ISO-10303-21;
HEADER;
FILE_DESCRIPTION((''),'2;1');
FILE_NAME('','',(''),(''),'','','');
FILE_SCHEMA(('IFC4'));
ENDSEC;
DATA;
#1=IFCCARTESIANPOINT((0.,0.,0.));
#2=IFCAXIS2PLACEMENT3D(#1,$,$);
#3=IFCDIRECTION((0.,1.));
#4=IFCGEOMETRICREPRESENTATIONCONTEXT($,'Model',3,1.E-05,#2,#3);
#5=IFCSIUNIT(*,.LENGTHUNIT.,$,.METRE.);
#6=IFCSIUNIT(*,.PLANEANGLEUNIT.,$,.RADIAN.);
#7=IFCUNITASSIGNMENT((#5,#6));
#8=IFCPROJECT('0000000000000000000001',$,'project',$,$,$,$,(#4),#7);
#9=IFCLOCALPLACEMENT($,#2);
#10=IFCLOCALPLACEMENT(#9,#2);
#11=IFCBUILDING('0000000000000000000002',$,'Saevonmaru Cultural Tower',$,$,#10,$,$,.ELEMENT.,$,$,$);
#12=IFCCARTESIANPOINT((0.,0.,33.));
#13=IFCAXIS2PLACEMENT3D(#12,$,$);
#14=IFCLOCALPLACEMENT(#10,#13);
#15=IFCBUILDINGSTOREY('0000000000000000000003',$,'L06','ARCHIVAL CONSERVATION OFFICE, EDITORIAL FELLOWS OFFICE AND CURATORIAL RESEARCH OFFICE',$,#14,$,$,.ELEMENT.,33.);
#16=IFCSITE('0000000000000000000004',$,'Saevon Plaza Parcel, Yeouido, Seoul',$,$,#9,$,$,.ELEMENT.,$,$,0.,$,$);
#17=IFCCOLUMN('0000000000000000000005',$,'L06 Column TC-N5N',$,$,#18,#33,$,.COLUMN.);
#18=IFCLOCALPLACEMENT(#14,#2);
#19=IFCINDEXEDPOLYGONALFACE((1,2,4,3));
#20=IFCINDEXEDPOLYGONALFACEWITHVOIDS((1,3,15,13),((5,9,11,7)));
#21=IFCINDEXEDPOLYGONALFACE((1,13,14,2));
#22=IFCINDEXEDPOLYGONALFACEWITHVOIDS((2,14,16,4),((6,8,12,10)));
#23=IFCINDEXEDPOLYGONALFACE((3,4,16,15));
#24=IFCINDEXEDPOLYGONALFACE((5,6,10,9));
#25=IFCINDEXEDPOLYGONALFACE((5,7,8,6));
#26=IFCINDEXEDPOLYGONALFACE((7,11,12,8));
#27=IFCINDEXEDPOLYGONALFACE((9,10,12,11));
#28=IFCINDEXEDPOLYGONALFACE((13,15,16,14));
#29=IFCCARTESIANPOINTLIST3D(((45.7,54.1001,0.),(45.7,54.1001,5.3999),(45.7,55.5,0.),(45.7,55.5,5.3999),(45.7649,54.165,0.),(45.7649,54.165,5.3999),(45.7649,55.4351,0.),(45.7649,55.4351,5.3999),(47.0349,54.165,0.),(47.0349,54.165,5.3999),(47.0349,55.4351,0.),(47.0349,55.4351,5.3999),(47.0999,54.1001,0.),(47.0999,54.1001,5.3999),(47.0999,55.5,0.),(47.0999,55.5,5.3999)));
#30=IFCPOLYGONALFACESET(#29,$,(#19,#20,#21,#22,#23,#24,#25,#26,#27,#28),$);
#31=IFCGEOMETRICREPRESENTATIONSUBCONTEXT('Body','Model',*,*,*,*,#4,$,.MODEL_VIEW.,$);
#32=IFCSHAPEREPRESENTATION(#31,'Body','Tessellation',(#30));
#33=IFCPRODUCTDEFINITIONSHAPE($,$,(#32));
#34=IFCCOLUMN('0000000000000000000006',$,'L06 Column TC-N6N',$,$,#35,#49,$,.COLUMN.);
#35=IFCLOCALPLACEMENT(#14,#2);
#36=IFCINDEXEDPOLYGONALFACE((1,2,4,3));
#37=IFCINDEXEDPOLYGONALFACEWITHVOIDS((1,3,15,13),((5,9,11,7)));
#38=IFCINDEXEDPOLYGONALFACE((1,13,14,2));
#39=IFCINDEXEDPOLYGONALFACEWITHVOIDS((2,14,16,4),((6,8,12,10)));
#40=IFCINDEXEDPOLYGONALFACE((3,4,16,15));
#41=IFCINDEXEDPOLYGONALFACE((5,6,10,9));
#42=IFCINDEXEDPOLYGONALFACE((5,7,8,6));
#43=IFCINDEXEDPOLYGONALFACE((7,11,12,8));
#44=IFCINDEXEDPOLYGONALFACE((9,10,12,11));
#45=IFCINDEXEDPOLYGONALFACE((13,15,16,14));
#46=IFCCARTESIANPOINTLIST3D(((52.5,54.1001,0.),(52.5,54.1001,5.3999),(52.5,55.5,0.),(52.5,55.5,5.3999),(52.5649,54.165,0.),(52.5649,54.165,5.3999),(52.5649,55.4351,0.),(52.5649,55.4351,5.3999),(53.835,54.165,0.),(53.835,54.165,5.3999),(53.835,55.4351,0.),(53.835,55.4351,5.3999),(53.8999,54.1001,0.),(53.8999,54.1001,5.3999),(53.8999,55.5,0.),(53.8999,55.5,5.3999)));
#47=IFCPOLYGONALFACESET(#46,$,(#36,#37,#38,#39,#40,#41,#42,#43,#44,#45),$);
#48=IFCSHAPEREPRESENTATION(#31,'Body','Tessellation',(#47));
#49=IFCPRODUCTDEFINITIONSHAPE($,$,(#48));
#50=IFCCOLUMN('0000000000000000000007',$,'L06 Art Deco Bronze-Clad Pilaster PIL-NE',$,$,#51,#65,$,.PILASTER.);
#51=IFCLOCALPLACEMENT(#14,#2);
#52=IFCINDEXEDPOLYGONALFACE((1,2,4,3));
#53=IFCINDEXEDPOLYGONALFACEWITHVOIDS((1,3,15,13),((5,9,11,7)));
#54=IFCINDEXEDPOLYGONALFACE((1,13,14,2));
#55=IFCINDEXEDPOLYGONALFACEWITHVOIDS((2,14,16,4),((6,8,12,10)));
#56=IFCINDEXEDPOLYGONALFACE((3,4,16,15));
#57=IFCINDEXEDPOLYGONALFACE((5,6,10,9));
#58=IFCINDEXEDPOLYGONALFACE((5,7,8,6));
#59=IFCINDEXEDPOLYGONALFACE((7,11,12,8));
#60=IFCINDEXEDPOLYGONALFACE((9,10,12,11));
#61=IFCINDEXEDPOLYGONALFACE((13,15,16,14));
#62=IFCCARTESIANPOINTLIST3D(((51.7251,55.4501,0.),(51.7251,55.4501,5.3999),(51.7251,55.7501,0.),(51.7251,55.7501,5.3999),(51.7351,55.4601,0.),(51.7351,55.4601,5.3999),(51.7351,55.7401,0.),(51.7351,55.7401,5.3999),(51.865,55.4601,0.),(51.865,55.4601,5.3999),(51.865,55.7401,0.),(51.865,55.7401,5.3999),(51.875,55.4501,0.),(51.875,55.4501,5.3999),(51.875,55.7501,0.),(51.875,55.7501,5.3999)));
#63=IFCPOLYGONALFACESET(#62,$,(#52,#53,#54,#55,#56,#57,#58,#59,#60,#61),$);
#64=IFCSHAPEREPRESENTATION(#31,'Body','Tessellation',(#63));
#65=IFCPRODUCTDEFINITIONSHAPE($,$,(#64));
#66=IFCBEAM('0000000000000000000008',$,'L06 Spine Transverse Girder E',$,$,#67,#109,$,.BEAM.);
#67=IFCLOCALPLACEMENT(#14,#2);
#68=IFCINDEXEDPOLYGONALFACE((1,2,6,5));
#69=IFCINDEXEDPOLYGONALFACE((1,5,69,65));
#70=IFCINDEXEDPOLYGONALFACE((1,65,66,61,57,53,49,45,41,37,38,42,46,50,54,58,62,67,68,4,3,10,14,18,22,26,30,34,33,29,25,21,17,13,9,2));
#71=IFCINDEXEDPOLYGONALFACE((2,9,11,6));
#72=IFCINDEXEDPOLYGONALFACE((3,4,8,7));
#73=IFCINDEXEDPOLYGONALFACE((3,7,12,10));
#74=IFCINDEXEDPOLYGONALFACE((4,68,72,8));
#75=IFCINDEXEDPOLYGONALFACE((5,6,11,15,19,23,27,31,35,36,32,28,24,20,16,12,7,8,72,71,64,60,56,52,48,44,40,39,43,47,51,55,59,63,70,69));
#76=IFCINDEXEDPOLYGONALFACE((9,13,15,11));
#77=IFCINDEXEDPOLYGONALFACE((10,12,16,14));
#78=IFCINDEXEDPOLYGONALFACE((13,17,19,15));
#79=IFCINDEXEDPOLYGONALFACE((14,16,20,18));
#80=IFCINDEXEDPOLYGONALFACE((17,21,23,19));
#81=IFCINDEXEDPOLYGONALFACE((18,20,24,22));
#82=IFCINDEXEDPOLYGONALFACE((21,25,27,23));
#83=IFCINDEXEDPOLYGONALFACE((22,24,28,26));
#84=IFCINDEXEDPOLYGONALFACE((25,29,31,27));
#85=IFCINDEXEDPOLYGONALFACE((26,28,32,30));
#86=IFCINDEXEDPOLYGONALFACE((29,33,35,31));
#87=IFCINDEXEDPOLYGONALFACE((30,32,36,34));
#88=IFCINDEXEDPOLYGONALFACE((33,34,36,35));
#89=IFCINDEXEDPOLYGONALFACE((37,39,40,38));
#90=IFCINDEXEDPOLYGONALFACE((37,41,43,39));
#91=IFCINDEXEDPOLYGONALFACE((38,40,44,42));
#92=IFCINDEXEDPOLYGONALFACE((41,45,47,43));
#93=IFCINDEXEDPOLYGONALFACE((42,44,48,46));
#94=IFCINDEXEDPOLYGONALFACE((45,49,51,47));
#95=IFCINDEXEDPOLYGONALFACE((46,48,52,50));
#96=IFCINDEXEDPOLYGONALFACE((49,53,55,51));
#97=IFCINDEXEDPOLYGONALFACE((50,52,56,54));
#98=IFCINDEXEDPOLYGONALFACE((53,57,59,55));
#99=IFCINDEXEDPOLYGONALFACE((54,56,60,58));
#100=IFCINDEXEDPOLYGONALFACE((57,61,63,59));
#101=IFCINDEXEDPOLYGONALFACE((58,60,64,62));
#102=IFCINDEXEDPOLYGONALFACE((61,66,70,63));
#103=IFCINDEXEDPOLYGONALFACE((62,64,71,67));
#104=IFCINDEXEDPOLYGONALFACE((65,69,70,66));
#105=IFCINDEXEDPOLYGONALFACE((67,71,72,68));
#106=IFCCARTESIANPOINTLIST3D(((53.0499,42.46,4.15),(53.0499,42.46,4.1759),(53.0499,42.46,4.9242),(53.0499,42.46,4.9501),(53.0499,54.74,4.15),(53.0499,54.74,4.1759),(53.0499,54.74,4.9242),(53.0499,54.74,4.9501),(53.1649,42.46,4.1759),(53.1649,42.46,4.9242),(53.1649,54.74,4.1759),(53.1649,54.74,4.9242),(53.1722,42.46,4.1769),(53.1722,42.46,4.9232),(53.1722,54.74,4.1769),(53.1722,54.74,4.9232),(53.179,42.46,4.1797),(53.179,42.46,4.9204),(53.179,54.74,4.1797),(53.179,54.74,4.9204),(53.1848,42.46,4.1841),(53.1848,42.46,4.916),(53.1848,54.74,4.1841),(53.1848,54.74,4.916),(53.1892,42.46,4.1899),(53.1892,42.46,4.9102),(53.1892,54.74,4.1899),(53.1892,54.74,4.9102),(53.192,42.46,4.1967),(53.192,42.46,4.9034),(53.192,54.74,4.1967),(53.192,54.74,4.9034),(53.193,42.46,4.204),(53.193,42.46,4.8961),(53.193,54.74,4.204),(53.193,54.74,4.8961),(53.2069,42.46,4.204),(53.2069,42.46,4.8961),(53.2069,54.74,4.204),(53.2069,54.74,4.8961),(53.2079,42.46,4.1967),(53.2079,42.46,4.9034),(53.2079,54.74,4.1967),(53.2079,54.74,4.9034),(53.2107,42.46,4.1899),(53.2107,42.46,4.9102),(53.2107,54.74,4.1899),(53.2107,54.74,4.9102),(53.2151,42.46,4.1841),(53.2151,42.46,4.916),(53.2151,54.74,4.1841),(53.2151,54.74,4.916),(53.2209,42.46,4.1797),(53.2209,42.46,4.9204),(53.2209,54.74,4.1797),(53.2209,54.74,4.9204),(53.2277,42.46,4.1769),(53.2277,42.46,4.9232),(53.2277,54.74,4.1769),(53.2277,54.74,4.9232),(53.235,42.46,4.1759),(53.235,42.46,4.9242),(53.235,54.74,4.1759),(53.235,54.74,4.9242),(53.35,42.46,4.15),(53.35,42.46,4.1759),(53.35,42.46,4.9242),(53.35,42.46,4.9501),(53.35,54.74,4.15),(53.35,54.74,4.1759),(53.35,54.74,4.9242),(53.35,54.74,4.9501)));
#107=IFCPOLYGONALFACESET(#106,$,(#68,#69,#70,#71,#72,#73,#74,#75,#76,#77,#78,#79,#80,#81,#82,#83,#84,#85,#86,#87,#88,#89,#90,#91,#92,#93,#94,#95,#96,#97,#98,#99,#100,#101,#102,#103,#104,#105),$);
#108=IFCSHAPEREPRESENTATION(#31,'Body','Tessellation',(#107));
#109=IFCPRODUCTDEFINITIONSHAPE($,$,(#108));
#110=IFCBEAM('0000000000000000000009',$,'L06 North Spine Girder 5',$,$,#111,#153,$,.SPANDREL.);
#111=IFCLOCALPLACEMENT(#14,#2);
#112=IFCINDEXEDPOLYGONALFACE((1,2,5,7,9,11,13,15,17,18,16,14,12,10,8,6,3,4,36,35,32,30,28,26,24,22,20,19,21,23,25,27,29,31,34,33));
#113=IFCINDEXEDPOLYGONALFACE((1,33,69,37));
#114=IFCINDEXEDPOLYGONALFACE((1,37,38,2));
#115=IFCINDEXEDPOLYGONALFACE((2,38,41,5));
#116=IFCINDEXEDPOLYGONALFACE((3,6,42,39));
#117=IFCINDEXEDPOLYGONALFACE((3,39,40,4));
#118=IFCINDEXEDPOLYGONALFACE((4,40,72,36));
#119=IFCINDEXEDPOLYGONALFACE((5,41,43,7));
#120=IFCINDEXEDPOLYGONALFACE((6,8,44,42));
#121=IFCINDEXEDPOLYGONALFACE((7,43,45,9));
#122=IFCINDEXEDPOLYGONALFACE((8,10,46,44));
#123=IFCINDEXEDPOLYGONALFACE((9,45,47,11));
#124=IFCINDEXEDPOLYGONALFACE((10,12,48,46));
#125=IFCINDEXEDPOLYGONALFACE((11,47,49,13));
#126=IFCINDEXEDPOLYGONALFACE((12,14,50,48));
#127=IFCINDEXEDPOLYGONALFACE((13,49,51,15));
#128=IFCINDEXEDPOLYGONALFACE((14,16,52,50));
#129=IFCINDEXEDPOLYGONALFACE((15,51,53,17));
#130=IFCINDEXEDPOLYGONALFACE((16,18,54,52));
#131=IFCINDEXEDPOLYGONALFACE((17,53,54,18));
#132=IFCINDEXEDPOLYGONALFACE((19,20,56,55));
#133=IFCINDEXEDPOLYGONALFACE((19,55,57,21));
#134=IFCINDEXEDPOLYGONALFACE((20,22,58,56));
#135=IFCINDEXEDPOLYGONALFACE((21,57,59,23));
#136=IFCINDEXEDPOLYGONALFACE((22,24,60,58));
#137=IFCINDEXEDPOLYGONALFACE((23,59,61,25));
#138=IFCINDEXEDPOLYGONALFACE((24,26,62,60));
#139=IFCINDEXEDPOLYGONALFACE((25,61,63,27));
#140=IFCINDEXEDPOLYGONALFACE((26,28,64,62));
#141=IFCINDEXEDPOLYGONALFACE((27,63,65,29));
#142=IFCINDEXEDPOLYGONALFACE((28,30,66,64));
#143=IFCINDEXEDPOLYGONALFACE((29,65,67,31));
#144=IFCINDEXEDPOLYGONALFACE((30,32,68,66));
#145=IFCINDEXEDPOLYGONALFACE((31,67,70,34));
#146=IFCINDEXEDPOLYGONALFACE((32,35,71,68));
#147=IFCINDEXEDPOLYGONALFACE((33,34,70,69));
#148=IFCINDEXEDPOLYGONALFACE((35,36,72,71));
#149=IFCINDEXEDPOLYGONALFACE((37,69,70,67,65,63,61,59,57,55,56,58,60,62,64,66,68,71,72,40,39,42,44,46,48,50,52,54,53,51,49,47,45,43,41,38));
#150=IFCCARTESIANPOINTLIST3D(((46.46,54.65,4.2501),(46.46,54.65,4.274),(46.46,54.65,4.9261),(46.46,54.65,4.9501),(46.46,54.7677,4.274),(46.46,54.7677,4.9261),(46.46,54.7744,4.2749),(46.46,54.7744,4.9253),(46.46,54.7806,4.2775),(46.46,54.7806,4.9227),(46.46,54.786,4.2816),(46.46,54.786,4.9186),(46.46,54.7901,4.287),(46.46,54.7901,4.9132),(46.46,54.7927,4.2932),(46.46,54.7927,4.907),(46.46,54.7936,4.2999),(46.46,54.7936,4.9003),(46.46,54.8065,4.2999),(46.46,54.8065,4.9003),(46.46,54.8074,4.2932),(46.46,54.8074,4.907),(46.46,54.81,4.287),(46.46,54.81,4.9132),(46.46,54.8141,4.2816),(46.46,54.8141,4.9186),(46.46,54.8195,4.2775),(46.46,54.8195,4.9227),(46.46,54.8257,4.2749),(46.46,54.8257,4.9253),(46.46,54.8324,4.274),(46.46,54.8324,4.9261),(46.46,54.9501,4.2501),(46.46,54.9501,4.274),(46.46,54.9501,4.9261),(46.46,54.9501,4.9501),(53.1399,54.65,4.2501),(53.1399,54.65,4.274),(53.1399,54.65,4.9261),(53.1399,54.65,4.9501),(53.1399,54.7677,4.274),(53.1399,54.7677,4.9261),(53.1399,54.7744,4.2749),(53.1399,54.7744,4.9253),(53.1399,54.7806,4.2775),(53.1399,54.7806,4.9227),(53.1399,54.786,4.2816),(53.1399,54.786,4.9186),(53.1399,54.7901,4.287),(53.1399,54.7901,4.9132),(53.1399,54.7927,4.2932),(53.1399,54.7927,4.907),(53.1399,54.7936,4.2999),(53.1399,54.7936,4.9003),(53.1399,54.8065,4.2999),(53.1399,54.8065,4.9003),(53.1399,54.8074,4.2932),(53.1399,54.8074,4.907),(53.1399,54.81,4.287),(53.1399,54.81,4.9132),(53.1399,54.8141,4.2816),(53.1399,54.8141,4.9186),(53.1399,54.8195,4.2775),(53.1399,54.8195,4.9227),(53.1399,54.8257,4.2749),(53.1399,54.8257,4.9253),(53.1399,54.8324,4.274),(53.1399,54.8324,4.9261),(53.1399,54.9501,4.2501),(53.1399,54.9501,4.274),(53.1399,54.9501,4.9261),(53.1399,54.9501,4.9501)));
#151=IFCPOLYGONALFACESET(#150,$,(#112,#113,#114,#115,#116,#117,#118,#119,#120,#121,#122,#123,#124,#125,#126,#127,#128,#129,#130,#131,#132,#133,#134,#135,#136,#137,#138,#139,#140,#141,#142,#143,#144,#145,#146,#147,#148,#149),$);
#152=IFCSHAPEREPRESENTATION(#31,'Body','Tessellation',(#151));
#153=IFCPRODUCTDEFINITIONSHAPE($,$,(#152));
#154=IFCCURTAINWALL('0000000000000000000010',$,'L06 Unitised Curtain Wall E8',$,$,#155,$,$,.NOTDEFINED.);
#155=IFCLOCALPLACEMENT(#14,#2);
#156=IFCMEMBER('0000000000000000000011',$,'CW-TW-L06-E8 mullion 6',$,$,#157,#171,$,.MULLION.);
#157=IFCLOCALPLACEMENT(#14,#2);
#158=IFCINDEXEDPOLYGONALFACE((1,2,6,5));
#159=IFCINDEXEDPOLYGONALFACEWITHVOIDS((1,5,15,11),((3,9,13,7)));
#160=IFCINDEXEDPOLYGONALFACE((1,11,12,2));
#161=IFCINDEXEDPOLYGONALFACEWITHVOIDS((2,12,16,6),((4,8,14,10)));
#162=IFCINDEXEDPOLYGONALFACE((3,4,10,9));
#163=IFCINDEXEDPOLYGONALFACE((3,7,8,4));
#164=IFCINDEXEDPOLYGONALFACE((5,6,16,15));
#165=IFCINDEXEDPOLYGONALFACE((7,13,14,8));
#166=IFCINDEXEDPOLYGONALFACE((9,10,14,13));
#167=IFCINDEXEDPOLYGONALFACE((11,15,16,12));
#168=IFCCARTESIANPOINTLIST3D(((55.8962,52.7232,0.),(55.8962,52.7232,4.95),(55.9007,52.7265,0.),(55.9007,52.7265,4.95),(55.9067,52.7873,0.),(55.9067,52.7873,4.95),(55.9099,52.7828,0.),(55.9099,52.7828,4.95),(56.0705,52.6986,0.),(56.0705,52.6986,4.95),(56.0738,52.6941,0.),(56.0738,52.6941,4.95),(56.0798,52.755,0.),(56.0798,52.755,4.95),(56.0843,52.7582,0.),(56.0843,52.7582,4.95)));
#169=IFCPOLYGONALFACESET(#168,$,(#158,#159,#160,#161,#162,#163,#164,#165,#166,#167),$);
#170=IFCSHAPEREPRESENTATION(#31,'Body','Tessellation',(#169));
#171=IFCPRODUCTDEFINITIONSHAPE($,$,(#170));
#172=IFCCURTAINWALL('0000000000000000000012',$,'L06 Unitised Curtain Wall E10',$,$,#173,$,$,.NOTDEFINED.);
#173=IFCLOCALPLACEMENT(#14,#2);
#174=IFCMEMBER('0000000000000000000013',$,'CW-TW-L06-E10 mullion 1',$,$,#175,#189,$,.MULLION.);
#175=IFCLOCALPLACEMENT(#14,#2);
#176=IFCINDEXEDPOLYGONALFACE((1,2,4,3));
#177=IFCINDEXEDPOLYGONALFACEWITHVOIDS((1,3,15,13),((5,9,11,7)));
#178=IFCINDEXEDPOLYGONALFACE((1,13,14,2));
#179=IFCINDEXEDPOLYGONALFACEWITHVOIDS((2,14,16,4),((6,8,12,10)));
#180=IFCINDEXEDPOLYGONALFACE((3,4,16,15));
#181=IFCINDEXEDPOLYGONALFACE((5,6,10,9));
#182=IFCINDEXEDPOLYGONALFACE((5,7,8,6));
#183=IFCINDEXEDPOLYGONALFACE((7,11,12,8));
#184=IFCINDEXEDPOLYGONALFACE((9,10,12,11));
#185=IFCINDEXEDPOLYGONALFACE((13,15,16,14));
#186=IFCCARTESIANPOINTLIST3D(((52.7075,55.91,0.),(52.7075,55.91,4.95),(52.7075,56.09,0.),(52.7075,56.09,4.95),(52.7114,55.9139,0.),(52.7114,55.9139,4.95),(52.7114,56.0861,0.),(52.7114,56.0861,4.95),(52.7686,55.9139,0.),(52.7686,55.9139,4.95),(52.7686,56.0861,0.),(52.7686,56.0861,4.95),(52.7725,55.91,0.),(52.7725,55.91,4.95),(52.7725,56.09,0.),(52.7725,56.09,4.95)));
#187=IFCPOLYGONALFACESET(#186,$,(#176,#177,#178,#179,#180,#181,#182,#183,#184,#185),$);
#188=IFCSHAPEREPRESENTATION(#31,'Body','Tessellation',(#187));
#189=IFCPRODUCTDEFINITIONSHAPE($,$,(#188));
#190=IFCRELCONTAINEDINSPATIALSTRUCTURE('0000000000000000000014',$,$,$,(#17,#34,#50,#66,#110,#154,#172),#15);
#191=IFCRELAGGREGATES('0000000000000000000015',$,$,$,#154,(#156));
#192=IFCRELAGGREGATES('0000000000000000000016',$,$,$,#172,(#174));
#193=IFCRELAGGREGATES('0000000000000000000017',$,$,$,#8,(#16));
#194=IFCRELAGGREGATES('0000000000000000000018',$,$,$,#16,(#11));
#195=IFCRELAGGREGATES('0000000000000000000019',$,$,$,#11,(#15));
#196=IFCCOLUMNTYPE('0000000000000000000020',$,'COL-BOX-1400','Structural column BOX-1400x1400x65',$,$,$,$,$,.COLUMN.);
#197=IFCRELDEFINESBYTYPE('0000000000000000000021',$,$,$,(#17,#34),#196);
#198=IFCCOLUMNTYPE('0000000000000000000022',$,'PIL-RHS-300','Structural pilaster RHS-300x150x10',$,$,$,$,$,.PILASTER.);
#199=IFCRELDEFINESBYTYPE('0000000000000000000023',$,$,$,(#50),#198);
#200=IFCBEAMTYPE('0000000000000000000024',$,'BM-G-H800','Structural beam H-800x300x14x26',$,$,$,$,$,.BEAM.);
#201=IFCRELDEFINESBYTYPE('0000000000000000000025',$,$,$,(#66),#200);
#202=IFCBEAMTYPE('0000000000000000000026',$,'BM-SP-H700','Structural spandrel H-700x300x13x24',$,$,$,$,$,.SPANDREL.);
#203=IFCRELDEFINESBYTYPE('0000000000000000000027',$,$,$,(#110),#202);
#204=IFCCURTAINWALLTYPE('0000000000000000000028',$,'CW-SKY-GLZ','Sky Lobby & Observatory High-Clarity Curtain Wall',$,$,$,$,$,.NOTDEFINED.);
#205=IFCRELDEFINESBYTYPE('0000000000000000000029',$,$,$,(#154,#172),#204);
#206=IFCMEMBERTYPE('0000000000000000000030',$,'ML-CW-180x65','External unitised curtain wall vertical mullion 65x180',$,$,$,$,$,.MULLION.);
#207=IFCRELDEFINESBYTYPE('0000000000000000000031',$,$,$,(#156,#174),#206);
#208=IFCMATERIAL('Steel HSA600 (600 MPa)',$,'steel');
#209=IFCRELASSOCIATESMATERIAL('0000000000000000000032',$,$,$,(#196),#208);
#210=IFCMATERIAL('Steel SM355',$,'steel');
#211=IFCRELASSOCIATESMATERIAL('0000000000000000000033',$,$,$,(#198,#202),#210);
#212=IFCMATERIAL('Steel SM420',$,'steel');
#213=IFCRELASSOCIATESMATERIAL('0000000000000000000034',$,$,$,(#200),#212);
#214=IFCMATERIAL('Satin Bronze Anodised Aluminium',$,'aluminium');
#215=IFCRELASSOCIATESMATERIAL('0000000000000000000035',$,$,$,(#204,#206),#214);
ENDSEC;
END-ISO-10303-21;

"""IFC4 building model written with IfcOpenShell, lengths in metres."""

from ifc_helpers import new_model, si_unit, direction, frame, origin, origin_2d, place, context, subcontext, project, spatial, hollow_rectangle, i_section, extrude, material, material_profile, profile_set, type_object, element, aggregate, save


model = new_model("IFC4")

# Units and contexts
model_context = context("Model", 3, precision=1e-05, world=origin(), true_north=direction((0.0, 1.0)))
body_context = subcontext(model_context, "Body", "Model", "MODEL_VIEW")
ifc_project = project(units=[si_unit("LENGTHUNIT", "METRE"), si_unit("PLANEANGLEUNIT", "RADIAN")], contexts=[model_context])

# Site, building, storey
site_placement = place(None, origin())
site = spatial("IfcSite", under=ifc_project, at=site_placement, Name="Saevon Plaza Parcel, Yeouido, Seoul", CompositionType="ELEMENT", RefElevation=0.0)
building_placement = place(site_placement, origin())
building = spatial("IfcBuilding", under=site, at=building_placement, Name="Saevonmaru Cultural Tower", CompositionType="ELEMENT")
storey_placement = place(building_placement, frame((0.0, 0.0, 33.0)))
storey = spatial("IfcBuildingStorey", under=building, at=storey_placement, Name="L06", Description="ARCHIVAL CONSERVATION OFFICE, EDITORIAL FELLOWS OFFICE AND CURATORIAL RESEARCH OFFICE", CompositionType="ELEMENT", Elevation=33.0)

# Columns
ifc_material_1 = material(Name="Steel HSA600 (600 MPa)", Category="steel")
ifc_material_profile_1 = material_profile(ifc_material_1, hollow_rectangle(XDim=1.3999, YDim=1.3999, WallThickness=0.0649, at=origin_2d()), Name="BOX-1400x1400x65")
ifc_profile_set_1 = profile_set([ifc_material_profile_1], Name="Steel HSA600 (600 MPa)")
column_type_1 = type_object("IfcColumnType", Name="COL-BOX-1400", Description="Structural column BOX-1400x1400x65", PredefinedType="COLUMN", material=ifc_profile_set_1)
for number, where, z_axis, x_axis, name in (
    (1, (46.3999, 54.8, 0.0), (0.0, 0.0, 1.0), (1.0, 0.0, 0.0), "L06 Column TC-N5N"),
    (2, (53.2, 54.8, 0.0), (0.0, 0.0, 1.0), (1.0, 0.0, 0.0), "L06 Column TC-N6N"),
):
    element("IfcColumn", number, at=place(storey_placement, frame(where, z_axis=z_axis, x_axis=x_axis)), inside=storey, type_object=column_type_1, Name=name, PredefinedType="COLUMN", context=body_context, shape_type="SweptSolid", body=[
        extrude(hollow_rectangle(XDim=1.3999, YDim=1.3999, WallThickness=0.0649, at=origin_2d()), origin(), (0.0, 0.0, 1.0), 5.3999),
    ])
ifc_material_2 = material(Name="Steel SM355", Category="steel")
ifc_material_profile_2 = material_profile(ifc_material_2, hollow_rectangle(XDim=0.1499, YDim=0.3, WallThickness=0.01, at=origin_2d()), Name="RHS-300x150x10")
ifc_profile_set_2 = profile_set([ifc_material_profile_2], Name="Steel SM355")
column_type_2 = type_object("IfcColumnType", Name="PIL-RHS-300", Description="Structural pilaster RHS-300x150x10", PredefinedType="PILASTER", material=ifc_profile_set_2)
column_placement = place(storey_placement, frame((51.8, 55.6001, 0.0), z_axis=(0.0, 0.0, 1.0), x_axis=(1.0, 0.0, 0.0)))
element("IfcColumn", 3, at=column_placement, inside=storey, type_object=column_type_2, Name="L06 Art Deco Bronze-Clad Pilaster PIL-NE", PredefinedType="PILASTER", context=body_context, shape_type="SweptSolid", body=[
    extrude(hollow_rectangle(XDim=0.1499, YDim=0.3, WallThickness=0.01, at=origin_2d()), origin(), (0.0, 0.0, 1.0), 5.3999),
])

# Beams
ifc_material_3 = material(Name="Steel SM420", Category="steel")
ifc_material_profile_3 = material_profile(ifc_material_3, i_section(OverallWidth=0.3, OverallDepth=0.8, WebThickness=0.0139, FlangeThickness=0.0259, FilletRadius=0.0281, at=origin_2d()), Name="H-800x300x14x26")
ifc_profile_set_3 = profile_set([ifc_material_profile_3], Name="Steel SM420")
beam_type_1 = type_object("IfcBeamType", Name="BM-G-H800", Description="Structural beam H-800x300x14x26", PredefinedType="BEAM", material=ifc_profile_set_3)
beam_1_placement = place(storey_placement, frame((53.2, 54.74, 4.55), z_axis=(0.0, -1.0, 0.0), x_axis=(1.0, 0.0, 0.0)))
element("IfcBeam", 4, at=beam_1_placement, inside=storey, type_object=beam_type_1, Name="L06 Spine Transverse Girder E", PredefinedType="BEAM", context=body_context, shape_type="SweptSolid", body=[
    extrude(i_section(OverallWidth=0.3, OverallDepth=0.8, WebThickness=0.0139, FlangeThickness=0.0259, FilletRadius=0.0281, at=origin_2d()), origin(), (0.0, 0.0, 1.0), 12.28),
])
ifc_material_profile_4 = material_profile(ifc_material_2, i_section(OverallWidth=0.3, OverallDepth=0.7, WebThickness=0.0129, FlangeThickness=0.0239, FilletRadius=0.0259, at=origin_2d()), Name="H-700x300x13x24")
ifc_profile_set_4 = profile_set([ifc_material_profile_4], Name="Steel SM355")
beam_type_2 = type_object("IfcBeamType", Name="BM-SP-H700", Description="Structural spandrel H-700x300x13x24", PredefinedType="SPANDREL", material=ifc_profile_set_4)
beam_2_placement = place(storey_placement, frame((46.46, 54.8, 4.6001), z_axis=(1.0, 0.0, 0.0), x_axis=(0.0, 1.0, 0.0)))
element("IfcBeam", 5, at=beam_2_placement, inside=storey, type_object=beam_type_2, Name="L06 North Spine Girder 5", PredefinedType="SPANDREL", context=body_context, shape_type="SweptSolid", body=[
    extrude(i_section(OverallWidth=0.3, OverallDepth=0.7, WebThickness=0.0129, FlangeThickness=0.0239, FilletRadius=0.0259, at=origin_2d()), origin(), (0.0, 0.0, 1.0), 6.6799),
])

# Curtain wall, member
ifc_material_4 = material(Name="Satin Bronze Anodised Aluminium", Category="aluminium")
curtain_wall_type = type_object("IfcCurtainWallType", Name="CW-SKY-GLZ", Description="Sky Lobby & Observatory High-Clarity Curtain Wall", PredefinedType="NOTDEFINED", material=ifc_material_4)
curtain_wall_1_placement = place(storey_placement, origin())
curtain_wall_1 = element("IfcCurtainWall", 6, at=curtain_wall_1_placement, inside=storey, type_object=curtain_wall_type, Name="L06 Unitised Curtain Wall E8", PredefinedType="NOTDEFINED")
ifc_material_profile_5 = material_profile(ifc_material_4, hollow_rectangle(XDim=0.0649, YDim=0.1799, WallThickness=0.0039, at=origin_2d()), Name="ALU-MULL-180x65x4")
ifc_profile_set_5 = profile_set([ifc_material_profile_5], Name="Satin Bronze Anodised Aluminium")
member_type_1 = type_object("IfcMemberType", Name="ML-CW-180x65", Description="External unitised curtain wall vertical mullion 65x180", PredefinedType="MULLION", material=ifc_profile_set_5)
member_1_placement = place(storey_placement, frame((55.9902, 52.7407, 0.0), z_axis=(0.0, 0.0, 1.0), x_axis=(0.161709, 0.986839, 0.0)))
member_1 = element("IfcMember", 7, at=member_1_placement, type_object=member_type_1, Name="CW-TW-L06-E8 mullion 6", PredefinedType="MULLION", context=body_context, shape_type="SweptSolid", body=[
    extrude(hollow_rectangle(XDim=0.0649, YDim=0.1799, WallThickness=0.0039, at=origin_2d()), origin(), (0.0, 0.0, 1.0), 4.95),
])
aggregate(curtain_wall_1, [member_1])

# Curtain wall, member
curtain_wall_2_placement = place(storey_placement, origin())
curtain_wall_2 = element("IfcCurtainWall", 8, at=curtain_wall_2_placement, inside=storey, type_object=curtain_wall_type, Name="L06 Unitised Curtain Wall E10", PredefinedType="NOTDEFINED")
member_2_placement = place(storey_placement, frame((52.74, 56.0, 0.0), z_axis=(0.0, 0.0, 1.0), x_axis=(-1.0, 0.0, 0.0)))
member_2 = element("IfcMember", 9, at=member_2_placement, type_object=member_type_1, Name="CW-TW-L06-E10 mullion 1", PredefinedType="MULLION", context=body_context, shape_type="SweptSolid", body=[
    extrude(hollow_rectangle(XDim=0.0649, YDim=0.1799, WallThickness=0.0039, at=origin_2d()), origin(), (0.0, 0.0, 1.0), 4.95),
])

aggregate(curtain_wall_2, [member_2])

save(model, "model.ifc")
